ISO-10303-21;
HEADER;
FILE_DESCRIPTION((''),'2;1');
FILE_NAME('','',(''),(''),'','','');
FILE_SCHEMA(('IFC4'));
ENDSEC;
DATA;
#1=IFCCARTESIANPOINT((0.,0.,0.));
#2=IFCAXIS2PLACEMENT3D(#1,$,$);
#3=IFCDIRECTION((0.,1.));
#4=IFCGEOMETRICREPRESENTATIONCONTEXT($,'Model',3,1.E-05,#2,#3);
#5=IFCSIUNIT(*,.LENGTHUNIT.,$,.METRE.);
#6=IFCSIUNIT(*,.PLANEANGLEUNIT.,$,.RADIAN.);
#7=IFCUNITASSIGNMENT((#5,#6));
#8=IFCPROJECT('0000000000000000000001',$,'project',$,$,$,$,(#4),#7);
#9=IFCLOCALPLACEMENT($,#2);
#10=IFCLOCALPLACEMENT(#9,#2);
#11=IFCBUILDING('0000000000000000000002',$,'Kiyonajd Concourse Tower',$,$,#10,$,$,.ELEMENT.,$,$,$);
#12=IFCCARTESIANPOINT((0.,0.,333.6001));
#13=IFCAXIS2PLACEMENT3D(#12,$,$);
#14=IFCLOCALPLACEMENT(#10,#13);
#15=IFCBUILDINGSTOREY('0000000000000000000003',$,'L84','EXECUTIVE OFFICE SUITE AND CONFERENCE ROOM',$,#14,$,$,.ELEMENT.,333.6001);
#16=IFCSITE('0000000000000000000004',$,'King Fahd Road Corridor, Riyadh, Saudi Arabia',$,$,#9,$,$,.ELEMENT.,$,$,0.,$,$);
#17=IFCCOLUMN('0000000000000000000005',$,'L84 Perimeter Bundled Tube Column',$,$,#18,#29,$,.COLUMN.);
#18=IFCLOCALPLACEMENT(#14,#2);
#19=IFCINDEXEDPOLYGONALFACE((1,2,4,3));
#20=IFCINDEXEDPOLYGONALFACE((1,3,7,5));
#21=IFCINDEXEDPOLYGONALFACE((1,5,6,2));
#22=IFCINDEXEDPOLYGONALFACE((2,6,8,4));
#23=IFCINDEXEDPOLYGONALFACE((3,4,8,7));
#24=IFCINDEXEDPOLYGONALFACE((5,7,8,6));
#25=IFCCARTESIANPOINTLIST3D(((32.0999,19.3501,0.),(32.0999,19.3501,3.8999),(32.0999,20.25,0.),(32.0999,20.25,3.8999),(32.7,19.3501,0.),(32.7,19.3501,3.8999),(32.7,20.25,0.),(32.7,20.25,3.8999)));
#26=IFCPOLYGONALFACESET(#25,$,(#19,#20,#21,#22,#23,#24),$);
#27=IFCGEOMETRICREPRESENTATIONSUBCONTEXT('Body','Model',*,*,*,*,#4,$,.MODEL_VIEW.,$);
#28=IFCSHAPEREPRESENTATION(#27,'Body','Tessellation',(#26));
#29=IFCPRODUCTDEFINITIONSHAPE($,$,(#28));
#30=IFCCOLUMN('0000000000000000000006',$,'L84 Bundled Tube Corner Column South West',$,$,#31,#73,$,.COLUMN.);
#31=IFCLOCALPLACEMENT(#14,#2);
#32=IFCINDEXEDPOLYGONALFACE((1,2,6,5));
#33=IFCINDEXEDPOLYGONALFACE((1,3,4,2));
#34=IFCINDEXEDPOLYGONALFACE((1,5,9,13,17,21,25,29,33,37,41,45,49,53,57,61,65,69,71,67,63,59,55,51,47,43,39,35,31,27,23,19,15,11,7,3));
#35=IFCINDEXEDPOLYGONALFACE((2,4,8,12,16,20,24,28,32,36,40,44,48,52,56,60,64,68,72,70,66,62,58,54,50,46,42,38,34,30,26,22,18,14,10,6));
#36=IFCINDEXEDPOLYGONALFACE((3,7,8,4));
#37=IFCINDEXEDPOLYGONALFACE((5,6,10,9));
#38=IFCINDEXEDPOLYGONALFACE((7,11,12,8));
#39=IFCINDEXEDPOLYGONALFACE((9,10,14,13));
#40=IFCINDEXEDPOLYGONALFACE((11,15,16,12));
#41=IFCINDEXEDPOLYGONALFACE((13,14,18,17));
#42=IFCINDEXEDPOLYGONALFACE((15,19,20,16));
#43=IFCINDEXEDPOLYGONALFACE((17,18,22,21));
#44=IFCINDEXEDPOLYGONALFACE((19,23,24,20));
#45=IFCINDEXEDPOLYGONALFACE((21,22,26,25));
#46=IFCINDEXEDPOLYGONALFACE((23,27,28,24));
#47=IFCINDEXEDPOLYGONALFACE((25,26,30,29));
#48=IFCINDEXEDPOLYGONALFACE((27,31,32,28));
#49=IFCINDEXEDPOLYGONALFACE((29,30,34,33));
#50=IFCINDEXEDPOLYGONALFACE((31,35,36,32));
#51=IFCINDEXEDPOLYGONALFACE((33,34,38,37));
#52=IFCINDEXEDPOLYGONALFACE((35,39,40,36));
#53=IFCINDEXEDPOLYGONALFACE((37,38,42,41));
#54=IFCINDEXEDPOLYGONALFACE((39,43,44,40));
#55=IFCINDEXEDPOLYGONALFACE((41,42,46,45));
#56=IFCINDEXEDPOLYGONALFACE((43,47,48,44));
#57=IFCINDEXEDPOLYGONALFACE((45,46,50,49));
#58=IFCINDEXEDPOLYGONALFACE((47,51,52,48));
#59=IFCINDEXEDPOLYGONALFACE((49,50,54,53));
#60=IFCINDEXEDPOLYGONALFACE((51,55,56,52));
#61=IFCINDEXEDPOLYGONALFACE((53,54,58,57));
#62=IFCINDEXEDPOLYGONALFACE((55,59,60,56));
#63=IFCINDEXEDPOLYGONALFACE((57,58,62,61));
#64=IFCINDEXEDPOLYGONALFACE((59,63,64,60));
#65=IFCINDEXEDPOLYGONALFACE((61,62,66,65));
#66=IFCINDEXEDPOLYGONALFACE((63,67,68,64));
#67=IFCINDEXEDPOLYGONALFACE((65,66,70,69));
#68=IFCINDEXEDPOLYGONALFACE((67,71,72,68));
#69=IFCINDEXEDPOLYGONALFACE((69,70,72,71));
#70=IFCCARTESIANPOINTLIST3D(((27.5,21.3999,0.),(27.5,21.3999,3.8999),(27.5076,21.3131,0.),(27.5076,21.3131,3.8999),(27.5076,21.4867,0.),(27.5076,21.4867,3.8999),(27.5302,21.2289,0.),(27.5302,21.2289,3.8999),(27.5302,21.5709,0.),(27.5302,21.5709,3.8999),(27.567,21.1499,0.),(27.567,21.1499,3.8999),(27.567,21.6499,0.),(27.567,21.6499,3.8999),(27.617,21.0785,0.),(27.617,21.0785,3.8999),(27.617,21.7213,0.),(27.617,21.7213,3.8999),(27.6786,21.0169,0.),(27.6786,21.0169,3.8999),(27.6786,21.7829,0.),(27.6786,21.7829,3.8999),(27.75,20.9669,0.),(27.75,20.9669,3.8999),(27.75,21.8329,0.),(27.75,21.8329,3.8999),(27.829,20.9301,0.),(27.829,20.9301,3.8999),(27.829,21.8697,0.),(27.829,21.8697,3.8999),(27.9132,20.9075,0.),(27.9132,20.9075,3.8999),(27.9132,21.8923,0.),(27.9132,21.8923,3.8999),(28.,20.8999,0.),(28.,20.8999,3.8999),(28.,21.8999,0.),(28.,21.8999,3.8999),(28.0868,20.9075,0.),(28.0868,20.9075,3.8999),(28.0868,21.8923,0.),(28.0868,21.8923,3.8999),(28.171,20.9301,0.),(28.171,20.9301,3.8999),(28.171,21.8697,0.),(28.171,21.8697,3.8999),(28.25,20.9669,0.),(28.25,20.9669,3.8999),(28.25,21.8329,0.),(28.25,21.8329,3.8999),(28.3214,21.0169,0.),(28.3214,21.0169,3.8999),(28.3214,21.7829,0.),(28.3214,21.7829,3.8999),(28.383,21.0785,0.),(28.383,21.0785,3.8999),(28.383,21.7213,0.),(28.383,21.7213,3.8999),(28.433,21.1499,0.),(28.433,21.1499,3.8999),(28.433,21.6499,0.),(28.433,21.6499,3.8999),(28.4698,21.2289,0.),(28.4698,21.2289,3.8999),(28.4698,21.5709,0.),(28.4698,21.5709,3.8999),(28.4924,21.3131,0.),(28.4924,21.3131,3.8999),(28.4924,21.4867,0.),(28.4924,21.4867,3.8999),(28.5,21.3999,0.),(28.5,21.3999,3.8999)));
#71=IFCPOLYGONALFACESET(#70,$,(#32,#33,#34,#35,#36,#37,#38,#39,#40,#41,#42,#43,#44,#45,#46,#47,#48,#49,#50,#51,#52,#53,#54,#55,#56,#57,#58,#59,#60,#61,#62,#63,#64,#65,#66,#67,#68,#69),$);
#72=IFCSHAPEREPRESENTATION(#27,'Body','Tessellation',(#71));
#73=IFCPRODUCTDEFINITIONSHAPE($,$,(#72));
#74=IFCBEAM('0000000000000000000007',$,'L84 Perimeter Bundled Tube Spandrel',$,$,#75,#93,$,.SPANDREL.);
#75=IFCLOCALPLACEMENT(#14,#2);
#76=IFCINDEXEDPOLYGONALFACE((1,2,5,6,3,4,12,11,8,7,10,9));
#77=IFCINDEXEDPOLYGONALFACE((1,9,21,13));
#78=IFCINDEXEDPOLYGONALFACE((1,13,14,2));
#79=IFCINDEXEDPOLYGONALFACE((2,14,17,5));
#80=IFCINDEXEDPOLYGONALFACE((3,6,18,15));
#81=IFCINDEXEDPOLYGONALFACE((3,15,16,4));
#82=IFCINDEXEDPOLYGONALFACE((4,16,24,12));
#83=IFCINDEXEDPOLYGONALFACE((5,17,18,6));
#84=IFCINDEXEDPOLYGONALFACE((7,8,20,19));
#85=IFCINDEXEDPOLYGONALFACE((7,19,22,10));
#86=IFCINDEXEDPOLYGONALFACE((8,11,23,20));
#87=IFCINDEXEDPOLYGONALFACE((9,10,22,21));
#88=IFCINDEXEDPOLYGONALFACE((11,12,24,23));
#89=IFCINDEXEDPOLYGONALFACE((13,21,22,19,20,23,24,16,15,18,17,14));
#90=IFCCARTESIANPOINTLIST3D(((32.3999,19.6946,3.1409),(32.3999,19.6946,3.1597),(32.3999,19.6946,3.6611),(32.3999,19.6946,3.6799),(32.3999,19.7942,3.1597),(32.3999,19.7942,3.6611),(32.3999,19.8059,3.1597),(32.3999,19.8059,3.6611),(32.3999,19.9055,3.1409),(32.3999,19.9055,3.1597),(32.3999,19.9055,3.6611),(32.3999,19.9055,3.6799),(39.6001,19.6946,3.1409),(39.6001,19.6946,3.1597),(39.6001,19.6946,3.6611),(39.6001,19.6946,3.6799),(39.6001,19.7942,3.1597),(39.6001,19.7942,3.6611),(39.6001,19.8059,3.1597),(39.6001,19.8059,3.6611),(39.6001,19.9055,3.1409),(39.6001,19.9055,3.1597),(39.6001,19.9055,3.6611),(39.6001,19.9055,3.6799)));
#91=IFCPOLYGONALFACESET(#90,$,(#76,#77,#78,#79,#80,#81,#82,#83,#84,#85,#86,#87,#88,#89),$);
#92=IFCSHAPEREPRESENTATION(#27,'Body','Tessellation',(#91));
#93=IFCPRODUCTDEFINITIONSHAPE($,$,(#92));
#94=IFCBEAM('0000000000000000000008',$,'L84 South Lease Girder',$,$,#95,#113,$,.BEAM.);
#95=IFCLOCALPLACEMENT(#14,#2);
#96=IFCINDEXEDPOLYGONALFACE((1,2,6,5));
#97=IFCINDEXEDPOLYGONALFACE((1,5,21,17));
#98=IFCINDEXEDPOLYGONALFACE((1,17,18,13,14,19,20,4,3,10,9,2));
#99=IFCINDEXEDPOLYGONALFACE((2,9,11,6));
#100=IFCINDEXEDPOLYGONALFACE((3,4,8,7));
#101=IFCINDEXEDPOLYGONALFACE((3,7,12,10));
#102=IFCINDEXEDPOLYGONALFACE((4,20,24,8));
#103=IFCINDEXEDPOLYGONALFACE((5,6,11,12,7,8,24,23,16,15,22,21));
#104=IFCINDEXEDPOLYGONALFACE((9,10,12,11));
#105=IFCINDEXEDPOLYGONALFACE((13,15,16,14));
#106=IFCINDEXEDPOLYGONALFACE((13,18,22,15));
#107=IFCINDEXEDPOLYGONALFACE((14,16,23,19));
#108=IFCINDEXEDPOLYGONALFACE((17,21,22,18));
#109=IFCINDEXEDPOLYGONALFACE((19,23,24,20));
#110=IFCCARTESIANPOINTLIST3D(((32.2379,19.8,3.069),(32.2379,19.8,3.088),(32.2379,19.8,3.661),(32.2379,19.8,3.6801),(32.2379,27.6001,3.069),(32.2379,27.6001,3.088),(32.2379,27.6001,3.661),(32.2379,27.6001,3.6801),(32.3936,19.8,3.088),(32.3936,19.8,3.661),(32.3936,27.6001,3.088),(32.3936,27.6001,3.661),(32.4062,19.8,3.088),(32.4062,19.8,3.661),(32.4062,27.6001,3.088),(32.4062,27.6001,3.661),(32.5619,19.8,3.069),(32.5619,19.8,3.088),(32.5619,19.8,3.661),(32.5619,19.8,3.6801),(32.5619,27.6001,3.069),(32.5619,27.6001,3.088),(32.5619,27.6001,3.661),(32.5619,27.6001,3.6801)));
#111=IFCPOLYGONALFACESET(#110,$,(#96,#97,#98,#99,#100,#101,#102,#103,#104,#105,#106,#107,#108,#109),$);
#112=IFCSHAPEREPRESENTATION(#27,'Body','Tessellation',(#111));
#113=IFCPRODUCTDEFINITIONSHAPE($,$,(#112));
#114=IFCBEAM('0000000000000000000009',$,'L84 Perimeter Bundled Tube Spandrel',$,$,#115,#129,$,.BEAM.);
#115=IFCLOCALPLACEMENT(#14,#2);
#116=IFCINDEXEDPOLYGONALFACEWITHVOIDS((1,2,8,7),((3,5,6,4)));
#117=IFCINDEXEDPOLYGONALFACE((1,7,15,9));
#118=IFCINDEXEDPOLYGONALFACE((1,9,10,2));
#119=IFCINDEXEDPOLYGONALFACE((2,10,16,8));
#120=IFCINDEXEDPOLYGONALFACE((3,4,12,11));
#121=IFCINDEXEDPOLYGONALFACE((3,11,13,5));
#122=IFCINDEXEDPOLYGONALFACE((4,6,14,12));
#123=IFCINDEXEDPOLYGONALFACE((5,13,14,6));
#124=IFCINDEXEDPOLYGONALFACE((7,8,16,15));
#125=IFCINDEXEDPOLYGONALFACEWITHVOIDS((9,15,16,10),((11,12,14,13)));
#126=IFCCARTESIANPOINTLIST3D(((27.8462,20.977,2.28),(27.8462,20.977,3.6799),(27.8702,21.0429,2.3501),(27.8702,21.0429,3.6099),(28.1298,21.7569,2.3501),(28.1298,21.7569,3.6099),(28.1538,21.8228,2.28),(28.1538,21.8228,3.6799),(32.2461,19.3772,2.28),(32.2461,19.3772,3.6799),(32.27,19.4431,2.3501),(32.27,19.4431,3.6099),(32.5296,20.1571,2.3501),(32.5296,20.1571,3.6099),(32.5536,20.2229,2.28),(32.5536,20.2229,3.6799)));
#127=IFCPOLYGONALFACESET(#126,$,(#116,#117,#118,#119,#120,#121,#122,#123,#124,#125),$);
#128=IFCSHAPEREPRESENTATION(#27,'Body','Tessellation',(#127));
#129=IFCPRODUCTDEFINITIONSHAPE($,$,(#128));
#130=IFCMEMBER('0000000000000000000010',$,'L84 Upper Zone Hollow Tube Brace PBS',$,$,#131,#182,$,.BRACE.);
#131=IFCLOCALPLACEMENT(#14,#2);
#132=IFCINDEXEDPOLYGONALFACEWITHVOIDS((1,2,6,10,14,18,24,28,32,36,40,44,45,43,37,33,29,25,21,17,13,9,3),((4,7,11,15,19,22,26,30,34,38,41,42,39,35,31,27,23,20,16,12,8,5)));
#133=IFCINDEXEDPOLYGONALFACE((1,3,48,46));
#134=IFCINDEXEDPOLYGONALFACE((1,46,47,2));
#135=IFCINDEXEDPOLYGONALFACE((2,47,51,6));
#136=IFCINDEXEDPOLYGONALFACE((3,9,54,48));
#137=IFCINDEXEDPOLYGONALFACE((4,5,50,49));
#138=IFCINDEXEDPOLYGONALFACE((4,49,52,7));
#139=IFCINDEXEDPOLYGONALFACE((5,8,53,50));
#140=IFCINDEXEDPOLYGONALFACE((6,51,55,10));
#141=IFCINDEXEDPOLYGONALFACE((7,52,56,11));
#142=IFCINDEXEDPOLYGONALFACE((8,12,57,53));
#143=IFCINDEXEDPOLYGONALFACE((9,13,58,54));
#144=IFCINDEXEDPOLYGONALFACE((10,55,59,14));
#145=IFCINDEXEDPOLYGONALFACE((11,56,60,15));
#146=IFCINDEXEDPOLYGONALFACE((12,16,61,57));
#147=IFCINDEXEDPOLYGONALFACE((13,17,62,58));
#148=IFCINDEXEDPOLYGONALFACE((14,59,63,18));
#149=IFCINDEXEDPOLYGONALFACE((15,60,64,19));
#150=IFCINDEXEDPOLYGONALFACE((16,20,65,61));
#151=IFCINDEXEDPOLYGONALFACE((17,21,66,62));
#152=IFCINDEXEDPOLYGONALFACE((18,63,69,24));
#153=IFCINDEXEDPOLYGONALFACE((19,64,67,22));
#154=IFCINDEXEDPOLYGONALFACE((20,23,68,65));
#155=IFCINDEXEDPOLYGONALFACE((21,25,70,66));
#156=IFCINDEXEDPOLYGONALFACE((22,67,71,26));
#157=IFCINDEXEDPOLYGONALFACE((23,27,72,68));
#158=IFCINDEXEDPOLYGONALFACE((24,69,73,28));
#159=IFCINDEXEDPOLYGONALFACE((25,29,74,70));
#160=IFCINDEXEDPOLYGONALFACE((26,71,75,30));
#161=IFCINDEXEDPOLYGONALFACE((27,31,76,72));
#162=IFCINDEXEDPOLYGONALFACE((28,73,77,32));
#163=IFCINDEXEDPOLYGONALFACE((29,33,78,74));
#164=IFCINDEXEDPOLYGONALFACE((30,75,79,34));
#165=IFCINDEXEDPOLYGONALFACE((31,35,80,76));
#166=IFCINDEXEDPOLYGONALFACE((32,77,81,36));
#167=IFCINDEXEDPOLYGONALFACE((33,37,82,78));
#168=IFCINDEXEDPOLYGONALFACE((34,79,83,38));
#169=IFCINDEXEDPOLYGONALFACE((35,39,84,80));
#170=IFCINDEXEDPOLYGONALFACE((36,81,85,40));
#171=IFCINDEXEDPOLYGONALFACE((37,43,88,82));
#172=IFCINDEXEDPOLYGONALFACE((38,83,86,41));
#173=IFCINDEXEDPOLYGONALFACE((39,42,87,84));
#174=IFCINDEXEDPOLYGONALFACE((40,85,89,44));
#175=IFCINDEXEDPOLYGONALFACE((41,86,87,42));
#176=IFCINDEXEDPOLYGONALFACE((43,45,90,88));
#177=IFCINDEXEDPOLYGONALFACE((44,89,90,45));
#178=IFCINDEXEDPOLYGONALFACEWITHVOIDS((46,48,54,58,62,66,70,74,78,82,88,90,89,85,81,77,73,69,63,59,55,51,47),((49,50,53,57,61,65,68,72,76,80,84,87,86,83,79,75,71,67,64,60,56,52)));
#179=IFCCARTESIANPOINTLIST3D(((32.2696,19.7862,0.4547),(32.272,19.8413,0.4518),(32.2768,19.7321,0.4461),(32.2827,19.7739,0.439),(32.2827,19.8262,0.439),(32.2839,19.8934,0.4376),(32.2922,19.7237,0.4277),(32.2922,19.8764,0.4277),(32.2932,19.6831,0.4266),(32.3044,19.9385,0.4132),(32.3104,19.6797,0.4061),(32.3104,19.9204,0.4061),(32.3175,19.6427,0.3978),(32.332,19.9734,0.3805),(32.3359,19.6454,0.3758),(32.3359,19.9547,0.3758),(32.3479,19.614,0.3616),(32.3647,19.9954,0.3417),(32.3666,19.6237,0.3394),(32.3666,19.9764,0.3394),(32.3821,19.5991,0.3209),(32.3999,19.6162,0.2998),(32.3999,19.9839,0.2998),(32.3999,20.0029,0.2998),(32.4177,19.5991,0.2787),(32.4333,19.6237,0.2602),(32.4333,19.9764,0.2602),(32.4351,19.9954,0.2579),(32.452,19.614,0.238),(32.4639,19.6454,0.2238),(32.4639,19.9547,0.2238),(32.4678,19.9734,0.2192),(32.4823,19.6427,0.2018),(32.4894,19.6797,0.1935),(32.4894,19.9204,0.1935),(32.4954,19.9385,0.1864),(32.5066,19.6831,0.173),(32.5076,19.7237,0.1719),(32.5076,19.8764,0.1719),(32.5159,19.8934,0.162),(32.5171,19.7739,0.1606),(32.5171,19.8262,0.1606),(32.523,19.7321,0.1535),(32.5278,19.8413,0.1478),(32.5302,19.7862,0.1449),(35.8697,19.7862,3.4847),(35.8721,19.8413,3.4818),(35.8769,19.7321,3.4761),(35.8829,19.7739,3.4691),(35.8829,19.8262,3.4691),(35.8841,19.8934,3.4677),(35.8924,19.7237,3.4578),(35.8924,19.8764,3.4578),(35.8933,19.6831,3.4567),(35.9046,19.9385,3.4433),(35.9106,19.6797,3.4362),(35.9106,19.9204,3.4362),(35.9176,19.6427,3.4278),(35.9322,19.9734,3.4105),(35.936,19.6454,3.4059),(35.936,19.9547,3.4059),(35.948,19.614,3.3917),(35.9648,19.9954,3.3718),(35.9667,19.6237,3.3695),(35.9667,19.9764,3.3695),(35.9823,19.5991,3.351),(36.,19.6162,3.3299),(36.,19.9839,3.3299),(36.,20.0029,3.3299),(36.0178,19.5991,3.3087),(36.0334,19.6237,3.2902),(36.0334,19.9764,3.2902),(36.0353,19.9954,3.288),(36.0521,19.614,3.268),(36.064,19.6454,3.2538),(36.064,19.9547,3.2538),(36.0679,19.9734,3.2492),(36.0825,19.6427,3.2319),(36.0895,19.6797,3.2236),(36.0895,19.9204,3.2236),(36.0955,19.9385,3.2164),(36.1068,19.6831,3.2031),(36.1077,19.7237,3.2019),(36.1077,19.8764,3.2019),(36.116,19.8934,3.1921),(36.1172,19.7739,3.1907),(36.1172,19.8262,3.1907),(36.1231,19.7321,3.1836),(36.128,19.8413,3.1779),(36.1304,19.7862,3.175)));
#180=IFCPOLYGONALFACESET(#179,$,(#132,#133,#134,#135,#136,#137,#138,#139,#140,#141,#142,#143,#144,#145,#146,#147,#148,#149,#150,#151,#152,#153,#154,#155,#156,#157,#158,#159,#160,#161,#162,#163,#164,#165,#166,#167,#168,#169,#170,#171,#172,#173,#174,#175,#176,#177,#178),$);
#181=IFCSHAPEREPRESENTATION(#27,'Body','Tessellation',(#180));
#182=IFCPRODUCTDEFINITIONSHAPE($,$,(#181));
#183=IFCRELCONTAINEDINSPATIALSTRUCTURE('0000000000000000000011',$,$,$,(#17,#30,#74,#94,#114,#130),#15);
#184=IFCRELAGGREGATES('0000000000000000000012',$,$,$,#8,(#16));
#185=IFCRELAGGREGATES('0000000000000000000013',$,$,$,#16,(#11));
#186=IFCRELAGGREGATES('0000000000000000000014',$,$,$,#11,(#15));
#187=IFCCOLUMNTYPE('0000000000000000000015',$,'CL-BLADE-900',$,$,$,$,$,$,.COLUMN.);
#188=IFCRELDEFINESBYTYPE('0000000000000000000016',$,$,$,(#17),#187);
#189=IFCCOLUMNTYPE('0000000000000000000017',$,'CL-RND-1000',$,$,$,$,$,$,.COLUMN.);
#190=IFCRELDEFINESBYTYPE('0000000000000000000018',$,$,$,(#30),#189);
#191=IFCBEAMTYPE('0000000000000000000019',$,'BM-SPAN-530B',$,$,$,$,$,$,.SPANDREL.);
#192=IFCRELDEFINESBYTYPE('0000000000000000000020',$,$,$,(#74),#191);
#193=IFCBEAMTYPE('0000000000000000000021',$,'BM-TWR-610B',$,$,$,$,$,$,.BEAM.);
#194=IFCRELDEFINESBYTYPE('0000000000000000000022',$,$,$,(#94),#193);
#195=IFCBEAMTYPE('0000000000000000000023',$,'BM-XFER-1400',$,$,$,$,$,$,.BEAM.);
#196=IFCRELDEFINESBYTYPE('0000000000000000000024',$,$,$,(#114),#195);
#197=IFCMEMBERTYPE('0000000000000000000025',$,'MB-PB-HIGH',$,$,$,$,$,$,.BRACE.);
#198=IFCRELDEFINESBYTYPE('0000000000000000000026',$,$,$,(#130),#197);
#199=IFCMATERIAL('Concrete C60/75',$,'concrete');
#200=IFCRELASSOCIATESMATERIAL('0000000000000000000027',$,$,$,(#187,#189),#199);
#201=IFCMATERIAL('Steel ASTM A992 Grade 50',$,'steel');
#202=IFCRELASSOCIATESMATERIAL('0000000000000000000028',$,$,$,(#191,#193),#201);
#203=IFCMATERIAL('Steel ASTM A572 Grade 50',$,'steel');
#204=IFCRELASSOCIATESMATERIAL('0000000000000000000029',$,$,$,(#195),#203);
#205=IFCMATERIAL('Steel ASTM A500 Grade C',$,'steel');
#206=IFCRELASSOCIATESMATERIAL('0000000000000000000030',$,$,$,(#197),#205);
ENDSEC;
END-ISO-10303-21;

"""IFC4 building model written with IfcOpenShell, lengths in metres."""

from ifc_helpers import new_model, si_unit, direction, frame, origin, origin_2d, place, context, subcontext, project, spatial, rectangle, hollow_rectangle, circle, hollow_circle, i_section, extrude, material, material_profile, profile_set, type_object, element, save


model = new_model("IFC4")

# Units and contexts
model_context = context("Model", 3, precision=1e-05, world=origin(), true_north=direction((0.0, 1.0)))
body_context = subcontext(model_context, "Body", "Model", "MODEL_VIEW")
ifc_project = project(units=[si_unit("LENGTHUNIT", "METRE"), si_unit("PLANEANGLEUNIT", "RADIAN")], contexts=[model_context])

# Site, building, storey
site_placement = place(None, origin())
site = spatial("IfcSite", under=ifc_project, at=site_placement, Name="King Fahd Road Corridor, Riyadh, Saudi Arabia", CompositionType="ELEMENT", RefElevation=0.0)
building_placement = place(site_placement, origin())
building = spatial("IfcBuilding", under=site, at=building_placement, Name="Kiyonajd Concourse Tower", CompositionType="ELEMENT")
storey_placement = place(building_placement, frame((0.0, 0.0, 333.6001)))
storey = spatial("IfcBuildingStorey", under=building, at=storey_placement, Name="L84", Description="EXECUTIVE OFFICE SUITE AND CONFERENCE ROOM", CompositionType="ELEMENT", Elevation=333.6001)

# Columns
ifc_material_1 = material(Name="Concrete C60/75", Category="concrete")
ifc_material_profile_1 = material_profile(ifc_material_1, rectangle(XDim=0.6001, YDim=0.8999, at=origin_2d()), Name="RC-900x600")
ifc_profile_set_1 = profile_set([ifc_material_profile_1], Name="Concrete C60/75")
column_type_1 = type_object("IfcColumnType", Name="CL-BLADE-900", PredefinedType="COLUMN", material=ifc_profile_set_1)
column_1_placement = place(storey_placement, frame((32.3999, 19.8, 0.0), z_axis=(0.0, 0.0, 1.0), x_axis=(1.0, 0.0, 0.0)))
element("IfcColumn", 1, at=column_1_placement, inside=storey, type_object=column_type_1, Name="L84 Perimeter Bundled Tube Column", PredefinedType="COLUMN", context=body_context, shape_type="SweptSolid", body=[
    extrude(rectangle(XDim=0.6001, YDim=0.8999, at=origin_2d()), origin(), (0.0, 0.0, 1.0), 3.8999),
])
ifc_material_profile_2 = material_profile(ifc_material_1, circle(Radius=0.5, at=origin_2d()), Name="RCC-D1000")
ifc_profile_set_2 = profile_set([ifc_material_profile_2], Name="Concrete C60/75")
column_type_2 = type_object("IfcColumnType", Name="CL-RND-1000", PredefinedType="COLUMN", material=ifc_profile_set_2)
column_2_placement = place(storey_placement, frame((28.0, 21.3999, 0.0), z_axis=(0.0, 0.0, 1.0), x_axis=(1.0, 0.0, 0.0)))
element("IfcColumn", 2, at=column_2_placement, inside=storey, type_object=column_type_2, Name="L84 Bundled Tube Corner Column South West", PredefinedType="COLUMN", context=body_context, shape_type="SweptSolid", body=[
    extrude(circle(Radius=0.5, at=origin_2d()), origin(), (0.0, 0.0, 1.0), 3.8999),
])

# Beams
ifc_material_2 = material(Name="Steel ASTM A992 Grade 50", Category="steel")
ifc_material_profile_3 = material_profile(ifc_material_2, i_section(OverallWidth=0.2109, OverallDepth=0.5391, WebThickness=0.0117, FlangeThickness=0.0188, at=origin_2d()), Name="W530X109")
ifc_profile_set_3 = profile_set([ifc_material_profile_3], Name="Steel ASTM A992 Grade 50")
beam_type_1 = type_object("IfcBeamType", Name="BM-SPAN-530B", PredefinedType="SPANDREL", material=ifc_profile_set_3)
beam_1_placement = place(storey_placement, frame((32.3999, 19.8, 3.4104), z_axis=(1.0, 0.0, 0.0), x_axis=(0.0, 1.0, 0.0)))
element("IfcBeam", 3, at=beam_1_placement, inside=storey, type_object=beam_type_1, Name="L84 Perimeter Bundled Tube Spandrel", PredefinedType="SPANDREL", context=body_context, shape_type="SweptSolid", body=[
    extrude(i_section(OverallWidth=0.2109, OverallDepth=0.5391, WebThickness=0.0117, FlangeThickness=0.0188, at=origin_2d()), origin(), (0.0, 0.0, 1.0), 7.2002),
])
ifc_material_profile_4 = material_profile(ifc_material_2, i_section(OverallWidth=0.324, OverallDepth=0.6111, WebThickness=0.0127, FlangeThickness=0.019, at=origin_2d()), Name="W610X155")
ifc_profile_set_4 = profile_set([ifc_material_profile_4], Name="Steel ASTM A992 Grade 50")
beam_type_2 = type_object("IfcBeamType", Name="BM-TWR-610B", PredefinedType="BEAM", material=ifc_profile_set_4)
beam_2_placement = place(storey_placement, frame((32.3999, 19.8, 3.3745), z_axis=(0.0, 1.0, 0.0), x_axis=(-1.0, 0.0, 0.0)))
element("IfcBeam", 4, at=beam_2_placement, inside=storey, type_object=beam_type_2, Name="L84 South Lease Girder", PredefinedType="BEAM", context=body_context, shape_type="SweptSolid", body=[
    extrude(i_section(OverallWidth=0.324, OverallDepth=0.6111, WebThickness=0.0127, FlangeThickness=0.019, at=origin_2d()), origin(), (0.0, 0.0, 1.0), 7.8),
])
ifc_material_3 = material(Name="Steel ASTM A572 Grade 50", Category="steel")
ifc_material_profile_5 = material_profile(ifc_material_3, hollow_rectangle(XDim=0.8999, YDim=1.3999, WallThickness=0.0701, at=origin_2d()), Name="BOX-1400x900x70")
ifc_profile_set_5 = profile_set([ifc_material_profile_5], Name="Steel ASTM A572 Grade 50")
beam_type_3 = type_object("IfcBeamType", Name="BM-XFER-1400", PredefinedType="BEAM", material=ifc_profile_set_5)
beam_3_placement = place(storey_placement, frame((28.0, 21.3999, 2.98), z_axis=(0.939801, -0.341722, 0.0), x_axis=(0.341722, 0.939801, 0.0)))
element("IfcBeam", 5, at=beam_3_placement, inside=storey, type_object=beam_type_3, Name="L84 Perimeter Bundled Tube Spandrel", PredefinedType="BEAM", context=body_context, shape_type="SweptSolid", body=[
    extrude(hollow_rectangle(XDim=0.8999, YDim=1.3999, WallThickness=0.0701, at=origin_2d()), origin(), (0.0, 0.0, 1.0), 4.6816),
])

# Member
ifc_material_4 = material(Name="Steel ASTM A500 Grade C", Category="steel")
ifc_material_profile_6 = material_profile(ifc_material_4, hollow_circle(Radius=0.2029, WallThickness=0.019, at=origin_2d()), Name="CHS-406x19")
ifc_profile_set_6 = profile_set([ifc_material_profile_6], Name="Steel ASTM A500 Grade C")
member_type = type_object("IfcMemberType", Name="MB-PB-HIGH", PredefinedType="BRACE", material=ifc_profile_set_6)
member_placement = place(storey_placement, frame((32.3999, 19.8, 0.2998), z_axis=(0.765082, 0.0, 0.643933), x_axis=(0.0, 1.0, 0.0)))
element("IfcMember", 6, at=member_placement, inside=storey, type_object=member_type, Name="L84 Upper Zone Hollow Tube Brace PBS", PredefinedType="BRACE", context=body_context, shape_type="SweptSolid", body=[
    extrude(hollow_circle(Radius=0.2029, WallThickness=0.019, at=origin_2d()), origin(), (0.0, 0.0, 1.0), 4.7056),
])

save(model, "model.ifc")
